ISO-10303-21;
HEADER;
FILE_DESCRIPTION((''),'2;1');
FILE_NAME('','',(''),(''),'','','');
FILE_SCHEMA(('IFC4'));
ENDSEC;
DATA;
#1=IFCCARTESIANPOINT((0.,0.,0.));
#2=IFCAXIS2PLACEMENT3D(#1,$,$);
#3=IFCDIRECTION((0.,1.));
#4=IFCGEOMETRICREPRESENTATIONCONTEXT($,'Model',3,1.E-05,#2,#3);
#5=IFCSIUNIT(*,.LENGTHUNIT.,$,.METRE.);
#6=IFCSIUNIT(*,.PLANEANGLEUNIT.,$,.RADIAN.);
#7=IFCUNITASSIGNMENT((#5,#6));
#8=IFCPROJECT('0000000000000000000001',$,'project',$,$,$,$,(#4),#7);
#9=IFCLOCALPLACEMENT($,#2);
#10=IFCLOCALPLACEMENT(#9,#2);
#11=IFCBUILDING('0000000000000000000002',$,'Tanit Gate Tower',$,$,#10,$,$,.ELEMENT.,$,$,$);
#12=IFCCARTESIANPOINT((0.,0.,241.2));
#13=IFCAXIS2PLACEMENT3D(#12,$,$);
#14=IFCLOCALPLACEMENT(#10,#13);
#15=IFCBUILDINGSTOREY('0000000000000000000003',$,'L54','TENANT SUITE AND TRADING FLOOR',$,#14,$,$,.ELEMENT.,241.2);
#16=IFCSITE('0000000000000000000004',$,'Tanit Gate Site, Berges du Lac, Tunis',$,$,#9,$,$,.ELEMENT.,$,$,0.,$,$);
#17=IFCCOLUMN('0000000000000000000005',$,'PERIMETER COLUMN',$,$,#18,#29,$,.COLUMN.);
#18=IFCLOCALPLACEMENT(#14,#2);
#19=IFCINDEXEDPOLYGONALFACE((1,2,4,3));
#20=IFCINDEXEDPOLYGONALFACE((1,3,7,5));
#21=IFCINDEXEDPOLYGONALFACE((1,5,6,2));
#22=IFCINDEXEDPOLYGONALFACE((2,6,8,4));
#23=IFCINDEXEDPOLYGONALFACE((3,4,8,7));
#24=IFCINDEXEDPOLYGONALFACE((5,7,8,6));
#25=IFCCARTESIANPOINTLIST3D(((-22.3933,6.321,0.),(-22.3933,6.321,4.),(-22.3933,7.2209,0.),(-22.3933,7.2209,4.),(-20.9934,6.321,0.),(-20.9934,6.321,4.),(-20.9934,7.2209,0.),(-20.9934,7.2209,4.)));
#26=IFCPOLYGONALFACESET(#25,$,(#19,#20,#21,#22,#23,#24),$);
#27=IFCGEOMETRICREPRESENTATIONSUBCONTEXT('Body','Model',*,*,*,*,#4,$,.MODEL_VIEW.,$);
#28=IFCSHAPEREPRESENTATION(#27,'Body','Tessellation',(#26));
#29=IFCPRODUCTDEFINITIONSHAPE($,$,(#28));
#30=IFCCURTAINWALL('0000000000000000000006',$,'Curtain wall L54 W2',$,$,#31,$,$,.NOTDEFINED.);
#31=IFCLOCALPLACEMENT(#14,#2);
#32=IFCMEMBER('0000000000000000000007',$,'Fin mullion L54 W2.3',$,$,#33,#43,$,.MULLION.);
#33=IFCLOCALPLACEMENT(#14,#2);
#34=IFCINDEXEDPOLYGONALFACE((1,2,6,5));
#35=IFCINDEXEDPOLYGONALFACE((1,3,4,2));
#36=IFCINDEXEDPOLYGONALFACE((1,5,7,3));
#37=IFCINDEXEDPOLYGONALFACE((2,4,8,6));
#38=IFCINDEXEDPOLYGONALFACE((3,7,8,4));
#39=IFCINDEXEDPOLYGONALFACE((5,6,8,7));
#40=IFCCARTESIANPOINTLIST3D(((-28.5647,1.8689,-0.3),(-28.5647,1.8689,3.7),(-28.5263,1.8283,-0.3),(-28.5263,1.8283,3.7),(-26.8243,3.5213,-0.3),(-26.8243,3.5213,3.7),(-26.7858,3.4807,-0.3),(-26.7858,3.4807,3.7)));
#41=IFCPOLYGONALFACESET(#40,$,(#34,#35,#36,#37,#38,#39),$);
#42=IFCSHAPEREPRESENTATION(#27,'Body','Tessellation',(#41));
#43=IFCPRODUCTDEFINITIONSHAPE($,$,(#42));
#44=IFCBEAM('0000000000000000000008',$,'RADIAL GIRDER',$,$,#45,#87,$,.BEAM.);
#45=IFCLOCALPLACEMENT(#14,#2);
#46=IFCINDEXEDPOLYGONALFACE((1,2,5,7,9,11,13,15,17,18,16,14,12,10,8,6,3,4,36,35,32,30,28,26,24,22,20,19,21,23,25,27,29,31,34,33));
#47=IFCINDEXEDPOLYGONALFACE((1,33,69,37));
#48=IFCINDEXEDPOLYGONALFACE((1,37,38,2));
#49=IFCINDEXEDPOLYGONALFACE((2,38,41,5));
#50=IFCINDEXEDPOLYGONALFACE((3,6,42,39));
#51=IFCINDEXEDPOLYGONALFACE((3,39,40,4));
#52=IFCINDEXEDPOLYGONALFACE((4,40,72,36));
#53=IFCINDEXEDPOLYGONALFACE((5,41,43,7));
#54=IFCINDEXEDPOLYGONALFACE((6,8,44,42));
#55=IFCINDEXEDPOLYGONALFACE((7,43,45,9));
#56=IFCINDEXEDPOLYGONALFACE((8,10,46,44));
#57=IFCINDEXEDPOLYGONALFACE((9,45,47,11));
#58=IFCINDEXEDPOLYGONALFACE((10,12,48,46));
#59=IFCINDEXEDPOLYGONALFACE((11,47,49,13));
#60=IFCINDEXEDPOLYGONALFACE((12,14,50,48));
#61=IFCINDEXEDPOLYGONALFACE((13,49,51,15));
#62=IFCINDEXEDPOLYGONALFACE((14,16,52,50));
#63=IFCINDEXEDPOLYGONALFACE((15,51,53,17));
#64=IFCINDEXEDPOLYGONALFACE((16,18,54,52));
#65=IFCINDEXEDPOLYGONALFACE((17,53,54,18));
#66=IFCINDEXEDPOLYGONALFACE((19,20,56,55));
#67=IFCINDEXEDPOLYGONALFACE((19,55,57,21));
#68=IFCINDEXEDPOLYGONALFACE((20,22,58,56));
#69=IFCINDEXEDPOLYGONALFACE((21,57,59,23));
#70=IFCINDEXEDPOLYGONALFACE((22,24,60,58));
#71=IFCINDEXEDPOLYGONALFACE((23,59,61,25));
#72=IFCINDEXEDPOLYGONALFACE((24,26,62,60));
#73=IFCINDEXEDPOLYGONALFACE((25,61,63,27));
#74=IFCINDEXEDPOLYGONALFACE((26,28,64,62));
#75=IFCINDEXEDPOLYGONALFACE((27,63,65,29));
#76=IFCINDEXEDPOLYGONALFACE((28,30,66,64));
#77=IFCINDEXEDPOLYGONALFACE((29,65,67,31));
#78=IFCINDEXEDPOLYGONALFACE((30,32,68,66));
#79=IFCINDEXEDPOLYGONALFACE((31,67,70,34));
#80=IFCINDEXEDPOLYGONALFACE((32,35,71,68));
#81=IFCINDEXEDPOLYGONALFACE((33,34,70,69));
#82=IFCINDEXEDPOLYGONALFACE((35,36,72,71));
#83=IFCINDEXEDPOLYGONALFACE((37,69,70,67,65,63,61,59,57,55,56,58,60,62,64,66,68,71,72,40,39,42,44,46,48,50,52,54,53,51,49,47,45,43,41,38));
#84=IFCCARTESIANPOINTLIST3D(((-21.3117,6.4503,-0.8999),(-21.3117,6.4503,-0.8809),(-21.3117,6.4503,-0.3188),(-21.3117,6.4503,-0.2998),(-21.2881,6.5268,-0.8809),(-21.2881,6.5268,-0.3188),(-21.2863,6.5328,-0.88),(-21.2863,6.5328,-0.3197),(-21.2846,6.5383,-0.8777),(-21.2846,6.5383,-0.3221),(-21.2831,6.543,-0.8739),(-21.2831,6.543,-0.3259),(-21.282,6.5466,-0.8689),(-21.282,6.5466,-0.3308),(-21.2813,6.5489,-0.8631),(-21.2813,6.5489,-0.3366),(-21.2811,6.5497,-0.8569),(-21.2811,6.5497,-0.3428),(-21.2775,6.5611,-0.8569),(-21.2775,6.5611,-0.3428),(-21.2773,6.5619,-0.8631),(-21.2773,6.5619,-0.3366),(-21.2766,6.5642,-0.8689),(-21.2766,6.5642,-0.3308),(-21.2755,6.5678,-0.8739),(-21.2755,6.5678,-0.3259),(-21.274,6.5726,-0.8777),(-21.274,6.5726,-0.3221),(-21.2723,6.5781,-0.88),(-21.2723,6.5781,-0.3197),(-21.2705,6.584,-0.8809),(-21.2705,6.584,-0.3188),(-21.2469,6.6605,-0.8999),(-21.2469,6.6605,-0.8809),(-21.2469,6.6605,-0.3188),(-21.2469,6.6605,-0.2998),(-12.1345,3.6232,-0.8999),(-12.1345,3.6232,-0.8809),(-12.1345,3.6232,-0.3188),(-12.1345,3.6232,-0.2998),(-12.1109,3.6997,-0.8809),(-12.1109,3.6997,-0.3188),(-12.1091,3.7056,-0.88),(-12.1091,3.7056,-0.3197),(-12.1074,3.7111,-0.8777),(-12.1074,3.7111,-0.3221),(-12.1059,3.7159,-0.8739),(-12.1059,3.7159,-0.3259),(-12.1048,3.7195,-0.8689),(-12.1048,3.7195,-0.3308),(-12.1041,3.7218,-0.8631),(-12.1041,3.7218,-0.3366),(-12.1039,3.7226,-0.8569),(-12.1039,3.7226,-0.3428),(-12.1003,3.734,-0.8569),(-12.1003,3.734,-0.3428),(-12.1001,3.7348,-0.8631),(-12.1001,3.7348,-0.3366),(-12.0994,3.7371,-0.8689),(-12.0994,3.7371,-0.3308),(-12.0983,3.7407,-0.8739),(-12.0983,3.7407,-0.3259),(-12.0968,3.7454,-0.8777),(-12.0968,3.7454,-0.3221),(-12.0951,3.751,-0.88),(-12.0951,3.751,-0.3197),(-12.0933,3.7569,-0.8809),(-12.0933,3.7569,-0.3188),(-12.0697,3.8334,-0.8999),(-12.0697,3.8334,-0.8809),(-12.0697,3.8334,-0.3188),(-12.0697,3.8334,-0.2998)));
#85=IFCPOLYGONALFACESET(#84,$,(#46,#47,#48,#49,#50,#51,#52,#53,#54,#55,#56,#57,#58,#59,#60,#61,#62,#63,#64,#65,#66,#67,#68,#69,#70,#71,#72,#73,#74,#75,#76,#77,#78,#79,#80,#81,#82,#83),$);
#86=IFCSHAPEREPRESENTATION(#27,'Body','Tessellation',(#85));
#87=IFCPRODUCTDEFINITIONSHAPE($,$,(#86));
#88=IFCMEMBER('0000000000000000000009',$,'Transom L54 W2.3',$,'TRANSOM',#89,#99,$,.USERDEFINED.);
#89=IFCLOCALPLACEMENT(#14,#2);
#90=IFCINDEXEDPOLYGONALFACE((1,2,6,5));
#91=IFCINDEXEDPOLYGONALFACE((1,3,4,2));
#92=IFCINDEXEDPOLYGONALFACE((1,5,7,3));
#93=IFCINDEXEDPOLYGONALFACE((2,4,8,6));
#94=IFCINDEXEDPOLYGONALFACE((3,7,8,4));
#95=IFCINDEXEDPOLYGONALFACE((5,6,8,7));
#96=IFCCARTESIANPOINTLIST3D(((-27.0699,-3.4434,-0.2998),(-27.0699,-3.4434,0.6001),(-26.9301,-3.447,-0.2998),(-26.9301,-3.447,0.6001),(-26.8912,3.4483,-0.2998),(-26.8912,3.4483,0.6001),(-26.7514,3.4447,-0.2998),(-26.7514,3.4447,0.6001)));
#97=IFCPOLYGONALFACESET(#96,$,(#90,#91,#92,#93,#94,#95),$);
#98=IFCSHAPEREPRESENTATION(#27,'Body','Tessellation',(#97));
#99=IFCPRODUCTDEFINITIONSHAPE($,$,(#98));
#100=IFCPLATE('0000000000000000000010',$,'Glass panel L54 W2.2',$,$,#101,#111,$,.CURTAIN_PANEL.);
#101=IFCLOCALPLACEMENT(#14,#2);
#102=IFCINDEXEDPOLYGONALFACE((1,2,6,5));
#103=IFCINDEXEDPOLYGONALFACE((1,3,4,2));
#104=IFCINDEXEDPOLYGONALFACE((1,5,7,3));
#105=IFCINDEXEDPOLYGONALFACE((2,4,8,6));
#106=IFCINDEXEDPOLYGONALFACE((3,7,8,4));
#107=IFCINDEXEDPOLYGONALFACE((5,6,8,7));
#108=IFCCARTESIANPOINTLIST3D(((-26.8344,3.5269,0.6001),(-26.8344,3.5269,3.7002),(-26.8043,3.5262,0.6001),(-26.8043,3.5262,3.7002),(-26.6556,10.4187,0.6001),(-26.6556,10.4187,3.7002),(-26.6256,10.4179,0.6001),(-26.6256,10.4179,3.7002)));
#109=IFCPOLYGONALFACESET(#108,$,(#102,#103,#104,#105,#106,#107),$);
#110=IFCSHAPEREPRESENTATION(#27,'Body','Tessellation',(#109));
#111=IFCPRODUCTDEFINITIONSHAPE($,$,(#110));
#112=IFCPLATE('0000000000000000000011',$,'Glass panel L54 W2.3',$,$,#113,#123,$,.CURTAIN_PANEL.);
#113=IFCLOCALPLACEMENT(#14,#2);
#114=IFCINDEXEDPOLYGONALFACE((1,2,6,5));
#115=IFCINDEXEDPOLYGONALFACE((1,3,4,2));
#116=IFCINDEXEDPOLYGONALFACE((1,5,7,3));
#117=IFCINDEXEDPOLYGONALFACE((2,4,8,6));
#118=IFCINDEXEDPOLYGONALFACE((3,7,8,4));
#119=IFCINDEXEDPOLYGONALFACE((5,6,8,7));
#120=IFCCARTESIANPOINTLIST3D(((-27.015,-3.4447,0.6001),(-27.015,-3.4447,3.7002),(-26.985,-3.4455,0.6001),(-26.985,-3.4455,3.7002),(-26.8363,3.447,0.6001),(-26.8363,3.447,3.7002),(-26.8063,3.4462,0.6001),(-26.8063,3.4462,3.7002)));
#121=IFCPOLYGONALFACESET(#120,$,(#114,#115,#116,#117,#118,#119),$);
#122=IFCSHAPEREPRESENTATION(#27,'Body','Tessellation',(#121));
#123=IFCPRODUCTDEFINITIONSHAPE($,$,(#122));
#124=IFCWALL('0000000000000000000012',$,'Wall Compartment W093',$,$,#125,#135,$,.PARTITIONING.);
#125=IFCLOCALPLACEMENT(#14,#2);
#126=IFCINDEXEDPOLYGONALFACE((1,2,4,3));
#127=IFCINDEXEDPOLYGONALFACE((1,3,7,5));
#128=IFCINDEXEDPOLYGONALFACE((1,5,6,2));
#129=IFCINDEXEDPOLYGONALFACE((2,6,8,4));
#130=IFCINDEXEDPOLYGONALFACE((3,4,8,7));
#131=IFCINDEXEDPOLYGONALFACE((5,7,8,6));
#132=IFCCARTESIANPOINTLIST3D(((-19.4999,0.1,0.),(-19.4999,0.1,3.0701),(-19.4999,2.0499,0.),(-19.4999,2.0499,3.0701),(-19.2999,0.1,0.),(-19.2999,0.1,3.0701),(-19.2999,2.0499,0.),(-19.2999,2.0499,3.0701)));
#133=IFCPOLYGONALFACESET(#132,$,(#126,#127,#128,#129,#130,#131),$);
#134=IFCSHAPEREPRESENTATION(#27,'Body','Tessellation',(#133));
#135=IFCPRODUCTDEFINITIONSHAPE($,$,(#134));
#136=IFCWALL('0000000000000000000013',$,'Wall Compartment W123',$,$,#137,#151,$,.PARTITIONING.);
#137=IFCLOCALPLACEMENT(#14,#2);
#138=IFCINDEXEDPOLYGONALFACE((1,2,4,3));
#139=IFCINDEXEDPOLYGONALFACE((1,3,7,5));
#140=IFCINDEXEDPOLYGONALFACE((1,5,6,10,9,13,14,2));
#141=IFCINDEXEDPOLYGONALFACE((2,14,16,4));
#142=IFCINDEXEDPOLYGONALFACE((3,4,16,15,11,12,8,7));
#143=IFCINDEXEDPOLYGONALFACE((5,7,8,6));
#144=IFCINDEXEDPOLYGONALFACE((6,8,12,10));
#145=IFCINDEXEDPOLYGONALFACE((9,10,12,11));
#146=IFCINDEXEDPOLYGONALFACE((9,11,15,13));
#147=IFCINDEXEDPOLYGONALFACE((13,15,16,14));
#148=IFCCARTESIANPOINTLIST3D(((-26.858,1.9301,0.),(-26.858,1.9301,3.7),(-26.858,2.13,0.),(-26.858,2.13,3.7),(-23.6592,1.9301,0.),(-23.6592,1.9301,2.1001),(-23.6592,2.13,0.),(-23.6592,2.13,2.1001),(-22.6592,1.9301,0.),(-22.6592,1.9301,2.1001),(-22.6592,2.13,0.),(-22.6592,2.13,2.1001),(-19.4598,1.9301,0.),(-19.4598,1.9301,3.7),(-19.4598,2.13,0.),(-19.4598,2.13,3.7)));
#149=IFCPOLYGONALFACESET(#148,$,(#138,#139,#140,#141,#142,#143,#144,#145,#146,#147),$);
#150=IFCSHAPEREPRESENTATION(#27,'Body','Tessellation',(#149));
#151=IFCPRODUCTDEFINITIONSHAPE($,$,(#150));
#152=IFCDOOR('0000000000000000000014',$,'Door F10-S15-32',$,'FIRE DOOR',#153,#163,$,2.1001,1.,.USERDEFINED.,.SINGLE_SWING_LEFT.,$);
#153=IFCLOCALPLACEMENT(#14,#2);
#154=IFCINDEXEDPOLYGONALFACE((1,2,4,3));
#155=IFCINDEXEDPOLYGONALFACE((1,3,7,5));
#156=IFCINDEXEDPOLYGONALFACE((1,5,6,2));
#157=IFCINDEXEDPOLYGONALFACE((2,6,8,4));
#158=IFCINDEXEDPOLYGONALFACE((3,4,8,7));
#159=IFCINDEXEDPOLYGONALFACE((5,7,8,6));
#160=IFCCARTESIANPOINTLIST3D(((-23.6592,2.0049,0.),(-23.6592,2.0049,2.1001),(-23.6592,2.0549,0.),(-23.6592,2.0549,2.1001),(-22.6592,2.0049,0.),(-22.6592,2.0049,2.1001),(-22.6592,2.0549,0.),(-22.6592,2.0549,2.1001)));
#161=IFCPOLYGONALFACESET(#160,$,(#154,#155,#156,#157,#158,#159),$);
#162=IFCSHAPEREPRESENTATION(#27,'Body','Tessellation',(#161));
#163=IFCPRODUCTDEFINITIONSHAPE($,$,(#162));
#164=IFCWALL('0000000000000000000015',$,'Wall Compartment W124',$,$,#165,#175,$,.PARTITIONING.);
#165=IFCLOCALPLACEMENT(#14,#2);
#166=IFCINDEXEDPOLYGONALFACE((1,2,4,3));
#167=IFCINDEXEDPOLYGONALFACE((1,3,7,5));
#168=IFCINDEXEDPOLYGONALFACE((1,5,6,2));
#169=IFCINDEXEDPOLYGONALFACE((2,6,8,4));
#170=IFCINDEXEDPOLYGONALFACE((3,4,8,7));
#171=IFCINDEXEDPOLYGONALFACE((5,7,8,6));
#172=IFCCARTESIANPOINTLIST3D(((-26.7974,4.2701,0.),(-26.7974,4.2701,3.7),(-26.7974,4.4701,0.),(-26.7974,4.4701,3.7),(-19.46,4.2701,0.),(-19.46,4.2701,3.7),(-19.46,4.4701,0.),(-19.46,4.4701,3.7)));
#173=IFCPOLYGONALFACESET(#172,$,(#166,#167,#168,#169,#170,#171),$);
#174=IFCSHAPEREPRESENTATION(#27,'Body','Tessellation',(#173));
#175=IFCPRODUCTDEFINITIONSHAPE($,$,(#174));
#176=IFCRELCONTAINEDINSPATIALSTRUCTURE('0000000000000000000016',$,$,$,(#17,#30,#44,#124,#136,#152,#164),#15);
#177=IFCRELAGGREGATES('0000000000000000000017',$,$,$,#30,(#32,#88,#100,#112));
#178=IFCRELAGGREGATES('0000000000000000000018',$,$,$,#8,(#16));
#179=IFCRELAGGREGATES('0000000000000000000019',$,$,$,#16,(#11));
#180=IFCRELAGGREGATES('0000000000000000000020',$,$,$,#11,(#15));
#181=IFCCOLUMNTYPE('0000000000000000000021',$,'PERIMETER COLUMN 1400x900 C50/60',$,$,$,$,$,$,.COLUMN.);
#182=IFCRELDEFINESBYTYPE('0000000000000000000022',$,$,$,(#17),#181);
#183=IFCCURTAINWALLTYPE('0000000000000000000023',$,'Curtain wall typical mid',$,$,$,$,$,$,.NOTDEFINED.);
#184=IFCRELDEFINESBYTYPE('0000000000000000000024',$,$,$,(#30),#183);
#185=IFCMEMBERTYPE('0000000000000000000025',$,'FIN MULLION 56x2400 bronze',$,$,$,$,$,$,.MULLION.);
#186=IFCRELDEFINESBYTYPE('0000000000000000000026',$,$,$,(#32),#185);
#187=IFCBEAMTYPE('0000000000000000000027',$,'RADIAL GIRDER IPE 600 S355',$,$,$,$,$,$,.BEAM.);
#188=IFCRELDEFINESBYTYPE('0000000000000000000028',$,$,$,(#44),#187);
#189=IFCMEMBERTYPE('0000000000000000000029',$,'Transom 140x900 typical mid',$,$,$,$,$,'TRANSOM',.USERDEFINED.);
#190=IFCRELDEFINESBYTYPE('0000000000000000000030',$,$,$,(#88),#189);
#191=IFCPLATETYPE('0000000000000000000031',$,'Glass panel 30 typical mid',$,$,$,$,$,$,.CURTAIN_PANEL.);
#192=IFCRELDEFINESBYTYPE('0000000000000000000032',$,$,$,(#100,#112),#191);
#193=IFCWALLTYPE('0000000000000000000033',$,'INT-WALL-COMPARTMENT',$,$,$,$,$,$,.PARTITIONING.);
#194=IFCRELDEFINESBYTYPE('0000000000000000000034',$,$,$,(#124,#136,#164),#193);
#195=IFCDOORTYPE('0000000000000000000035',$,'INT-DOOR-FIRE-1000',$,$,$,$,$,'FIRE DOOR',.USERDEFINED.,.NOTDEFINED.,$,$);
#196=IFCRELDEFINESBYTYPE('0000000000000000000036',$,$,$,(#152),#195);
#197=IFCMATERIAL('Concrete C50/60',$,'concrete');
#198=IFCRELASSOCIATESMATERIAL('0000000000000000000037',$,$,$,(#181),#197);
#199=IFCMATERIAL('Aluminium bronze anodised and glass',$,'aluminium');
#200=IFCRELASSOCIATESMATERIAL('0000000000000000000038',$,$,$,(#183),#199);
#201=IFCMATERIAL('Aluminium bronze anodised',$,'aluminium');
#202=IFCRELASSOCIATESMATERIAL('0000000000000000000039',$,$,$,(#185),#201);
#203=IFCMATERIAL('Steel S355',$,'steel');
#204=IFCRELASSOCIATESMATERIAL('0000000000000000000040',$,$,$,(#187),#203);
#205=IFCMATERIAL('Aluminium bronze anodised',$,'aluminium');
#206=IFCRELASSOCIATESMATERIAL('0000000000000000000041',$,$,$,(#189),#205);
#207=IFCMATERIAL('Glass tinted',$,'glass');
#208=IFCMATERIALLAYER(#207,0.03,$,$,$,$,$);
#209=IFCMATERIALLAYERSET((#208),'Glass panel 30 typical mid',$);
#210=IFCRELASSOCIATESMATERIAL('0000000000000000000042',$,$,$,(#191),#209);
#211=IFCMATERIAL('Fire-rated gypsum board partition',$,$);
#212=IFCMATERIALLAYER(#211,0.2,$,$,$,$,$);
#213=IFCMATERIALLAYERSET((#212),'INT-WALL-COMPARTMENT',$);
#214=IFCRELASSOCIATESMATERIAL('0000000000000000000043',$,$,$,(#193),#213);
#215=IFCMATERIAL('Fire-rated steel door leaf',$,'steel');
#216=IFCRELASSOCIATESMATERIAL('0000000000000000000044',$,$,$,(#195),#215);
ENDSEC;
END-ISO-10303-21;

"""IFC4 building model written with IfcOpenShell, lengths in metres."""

from ifc_helpers import new_model, si_unit, direction, frame, frame_2d, origin, origin_2d, place, context, subcontext, project, spatial, rectangle, i_section, extrude, material, layer, layer_set, material_profile, profile_set, type_object, element, fill, aggregate, save


model = new_model("IFC4")

# Units and contexts
model_context = context("Model", 3, precision=1e-05, world=origin(), true_north=direction((0.0, 1.0)))
body_context = subcontext(model_context, "Body", "Model", "MODEL_VIEW")
ifc_project = project(units=[si_unit("LENGTHUNIT", "METRE"), si_unit("PLANEANGLEUNIT", "RADIAN")], contexts=[model_context])

# Site, building, storey
site_placement = place(None, origin())
site = spatial("IfcSite", under=ifc_project, at=site_placement, Name="Tanit Gate Site, Berges du Lac, Tunis", CompositionType="ELEMENT", RefElevation=0.0)
building_placement = place(site_placement, origin())
building = spatial("IfcBuilding", under=site, at=building_placement, Name="Tanit Gate Tower", CompositionType="ELEMENT")
storey_placement = place(building_placement, frame((0.0, 0.0, 241.2)))
storey = spatial("IfcBuildingStorey", under=building, at=storey_placement, Name="L54", Description="TENANT SUITE AND TRADING FLOOR", CompositionType="ELEMENT", Elevation=241.2)

# Column
ifc_material_1 = material(Name="Concrete C50/60", Category="concrete")
ifc_material_profile_1 = material_profile(ifc_material_1, rectangle(XDim=1.3999, YDim=0.8999, at=origin_2d()), Name="RC 1400x900")
ifc_profile_set_1 = profile_set([ifc_material_profile_1], Name="Concrete C50/60")
column_type = type_object("IfcColumnType", Name="PERIMETER COLUMN 1400x900 C50/60", PredefinedType="COLUMN", material=ifc_profile_set_1)
column_placement = place(storey_placement, frame((-21.6934, 6.771, 0.0), z_axis=(0.0, 0.0, 1.0), x_axis=(-1.0, 0.0, 0.0)))
element("IfcColumn", 1, at=column_placement, inside=storey, type_object=column_type, Name="PERIMETER COLUMN", PredefinedType="COLUMN", context=body_context, shape_type="SweptSolid", body=[
    extrude(rectangle(XDim=1.3999, YDim=0.8999, at=origin_2d()), origin(), (0.0, 0.0, 1.0), 4.0),
])

# Curtain wall, member
ifc_material_2 = material(Name="Aluminium bronze anodised and glass", Category="aluminium")
curtain_wall_type = type_object("IfcCurtainWallType", Name="Curtain wall typical mid", PredefinedType="NOTDEFINED", material=ifc_material_2)
curtain_wall_placement = place(storey_placement, origin())
curtain_wall = element("IfcCurtainWall", 2, at=curtain_wall_placement, inside=storey, type_object=curtain_wall_type, Name="Curtain wall L54 W2", PredefinedType="NOTDEFINED")
ifc_material_3 = material(Name="Aluminium bronze anodised", Category="aluminium")
ifc_material_profile_2 = material_profile(ifc_material_3, rectangle(XDim=2.3999, YDim=0.0559, at=origin_2d()), Name="56x2400 bronze fin mullion")
ifc_profile_set_2 = profile_set([ifc_material_profile_2], Name="Aluminium bronze anodised")
member_type_1 = type_object("IfcMemberType", Name="FIN MULLION 56x2400 bronze", PredefinedType="MULLION", material=ifc_profile_set_2)
member_1_placement = place(storey_placement, frame((-27.6753, 2.6748, -0.3), z_axis=(0.0, 0.0, 1.0), x_axis=(0.7252, 0.688538, 0.0)))
member_1 = element("IfcMember", 3, at=member_1_placement, type_object=member_type_1, Name="Fin mullion L54 W2.3", PredefinedType="MULLION", context=body_context, shape_type="SweptSolid", body=[
    extrude(rectangle(XDim=2.3999, YDim=0.0559, at=origin_2d()), origin(), (0.0, 0.0, 1.0), 4.0),
])

# Beam
ifc_material_4 = material(Name="Steel S355", Category="steel")
ifc_material_profile_3 = material_profile(ifc_material_4, i_section(OverallWidth=0.22, OverallDepth=0.6001, WebThickness=0.012, FlangeThickness=0.019, FilletRadius=0.0239, at=origin_2d()), Name="IPE 600")
ifc_profile_set_3 = profile_set([ifc_material_profile_3], Name="Steel S355")
beam_type = type_object("IfcBeamType", Name="RADIAL GIRDER IPE 600 S355", PredefinedType="BEAM", material=ifc_profile_set_3)
beam_placement = place(storey_placement, frame((-21.2793, 6.5554, -0.5999), z_axis=(0.95568, -0.294407, 0.0), x_axis=(0.294407, 0.95568, 0.0)))
element("IfcBeam", 4, at=beam_placement, inside=storey, type_object=beam_type, Name="RADIAL GIRDER", PredefinedType="BEAM", context=body_context, shape_type="SweptSolid", body=[
    extrude(i_section(OverallWidth=0.22, OverallDepth=0.6001, WebThickness=0.012, FlangeThickness=0.019, FilletRadius=0.0239, at=origin_2d()), origin(), (0.0, 0.0, 1.0), 9.6028),
])

# Member
ifc_material_5 = material(Name="Aluminium bronze anodised", Category="aluminium")
ifc_material_profile_4 = material_profile(ifc_material_5, rectangle(XDim=0.1399, YDim=0.8999, at=origin_2d()), Name="140x900 bronze transom")
ifc_profile_set_4 = profile_set([ifc_material_profile_4], Name="Aluminium bronze anodised")
member_type_2 = type_object("IfcMemberType", Name="Transom 140x900 typical mid", ElementType="TRANSOM", PredefinedType="USERDEFINED", material=ifc_profile_set_4)
member_2_placement = place(storey_placement, frame((-26.8213, 3.4465, 0.1501), z_axis=(-0.025922, -0.999664, 0.0), x_axis=(0.999664, -0.025922, 0.0)))
member_2 = element("IfcMember", 5, at=member_2_placement, type_object=member_type_2, Name="Transom L54 W2.3", ObjectType="TRANSOM", PredefinedType="USERDEFINED", context=body_context, shape_type="SweptSolid", body=[
    extrude(rectangle(XDim=0.1399, YDim=0.8999, at=origin_2d()), origin(), (0.0, 0.0, 1.0), 6.894),
])

# Plates
ifc_material_6 = material(Name="Glass tinted", Category="glass")
ifc_layer_1 = layer(ifc_material_6, 0.03)
ifc_layer_set_1 = layer_set([ifc_layer_1], Name="Glass panel 30 typical mid")
plate_type = type_object("IfcPlateType", Name="Glass panel 30 typical mid", PredefinedType="CURTAIN_PANEL", material=ifc_layer_set_1)
plate_1_placement = place(storey_placement, frame((-26.73, 6.9724, 0.6001), z_axis=(0.0, 0.0, 1.0), x_axis=(-0.025924, -0.999664, 0.0)))
plate_1 = element("IfcPlate", 6, at=plate_1_placement, type_object=plate_type, Name="Glass panel L54 W2.2", PredefinedType="CURTAIN_PANEL", context=body_context, shape_type="SweptSolid", body=[
    extrude(rectangle(XDim=6.894, YDim=0.03, at=origin_2d()), origin(), (0.0, 0.0, 1.0), 3.1001),
])
plate_2_placement = place(storey_placement, frame((-26.9106, 0.0007, 0.6001), z_axis=(0.0, 0.0, 1.0), x_axis=(-0.025924, -0.999664, 0.0)))
plate_2 = element("IfcPlate", 7, at=plate_2_placement, type_object=plate_type, Name="Glass panel L54 W2.3", PredefinedType="CURTAIN_PANEL", context=body_context, shape_type="SweptSolid", body=[
    extrude(rectangle(XDim=6.894, YDim=0.03, at=origin_2d()), origin(), (0.0, 0.0, 1.0), 3.1001),
])
aggregate(curtain_wall, [member_1, member_2, plate_1, plate_2])

# Wall
ifc_material_7 = material(Name="Fire-rated gypsum board partition")
ifc_layer_2 = layer(ifc_material_7, 0.2)
ifc_layer_set_2 = layer_set([ifc_layer_2], Name="INT-WALL-COMPARTMENT")
wall_type_1 = type_object("IfcWallType", Name="INT-WALL-COMPARTMENT", PredefinedType="PARTITIONING", material=ifc_layer_set_2)
wall_1_placement = place(storey_placement, frame((-19.3999, 2.05, 0.0), z_axis=(0.0, 0.0, 1.0), x_axis=(0.0, -1.0, 0.0)))
element("IfcWall", 8, at=wall_1_placement, inside=storey, type_object=wall_type_1, Name="Wall Compartment W093", PredefinedType="PARTITIONING", context=body_context, shape_type="SweptSolid", body=[
    extrude(rectangle(XDim=1.95, YDim=0.2, at=frame_2d((0.9751, 0.0))), origin(), (0.0, 0.0, 1.0), 3.0701),
])

# Wall, opening, door
wall_2_placement = place(storey_placement, frame((-26.8582, 2.03, 0.0), z_axis=(0.0, 0.0, 1.0), x_axis=(1.0, 0.0, 0.0)))
wall_2 = element("IfcWall", 9, at=wall_2_placement, inside=storey, type_object=wall_type_1, Name="Wall Compartment W123", PredefinedType="PARTITIONING", context=body_context, shape_type="SweptSolid", body=[
    extrude(rectangle(XDim=7.3982, YDim=0.2, at=frame_2d((3.6992, 0.0))), origin(), (0.0, 0.0, 1.0), 3.7),
])
opening_1_placement = place(wall_2_placement, frame((3.199, 0.0, 0.0)))
opening_1 = element("IfcOpeningElement", 10, at=opening_1_placement, cuts=wall_2, PredefinedType="OPENING", context=body_context, shape_type="SweptSolid", body=[
    extrude(rectangle(XDim=1.0, YDim=2.1001, at=frame_2d((0.5, 1.05))), frame((0.0, 0.1099, 0.0), z_axis=(0.0, -1.0, 0.0), x_axis=(1.0, 0.0, 0.0)), (0.0, 0.0, 1.0), 0.22),
])
ifc_material_8 = material(Name="Fire-rated steel door leaf", Category="steel")
door_type_1 = type_object("IfcDoorType", Name="INT-DOOR-FIRE-1000", ElementType="FIRE DOOR", OperationType="NOTDEFINED", PredefinedType="USERDEFINED", material=ifc_material_8)
door_1_placement = place(opening_1_placement, origin())
door_1 = element("IfcDoor", 11, at=door_1_placement, inside=storey, type_object=door_type_1, Name="Door F10-S15-32", ObjectType="FIRE DOOR", OperationType="SINGLE_SWING_LEFT", OverallHeight=2.1001, OverallWidth=1.0, PredefinedType="USERDEFINED", context=body_context, shape_type="SweptSolid", body=[
    extrude(rectangle(XDim=1.0, YDim=2.1001, at=frame_2d((0.5, 1.05))), frame((0.0, 0.0249, 0.0), z_axis=(0.0, -1.0, 0.0), x_axis=(1.0, 0.0, 0.0)), (0.0, 0.0, 1.0), 0.05),
])
fill(opening_1, door_1)

# Wall
wall_3_placement = place(storey_placement, frame((-19.46, 4.3701, 0.0), z_axis=(0.0, 0.0, 1.0), x_axis=(-1.0, 0.0, 0.0)))
element("IfcWall", 12, at=wall_3_placement, inside=storey, type_object=wall_type_1, Name="Wall Compartment W124", PredefinedType="PARTITIONING", context=body_context, shape_type="SweptSolid", body=[
    extrude(rectangle(XDim=7.3374, YDim=0.2, at=frame_2d((3.6687, 0.0))), origin(), (0.0, 0.0, 1.0), 3.7),
])

save(model, "model.ifc")
